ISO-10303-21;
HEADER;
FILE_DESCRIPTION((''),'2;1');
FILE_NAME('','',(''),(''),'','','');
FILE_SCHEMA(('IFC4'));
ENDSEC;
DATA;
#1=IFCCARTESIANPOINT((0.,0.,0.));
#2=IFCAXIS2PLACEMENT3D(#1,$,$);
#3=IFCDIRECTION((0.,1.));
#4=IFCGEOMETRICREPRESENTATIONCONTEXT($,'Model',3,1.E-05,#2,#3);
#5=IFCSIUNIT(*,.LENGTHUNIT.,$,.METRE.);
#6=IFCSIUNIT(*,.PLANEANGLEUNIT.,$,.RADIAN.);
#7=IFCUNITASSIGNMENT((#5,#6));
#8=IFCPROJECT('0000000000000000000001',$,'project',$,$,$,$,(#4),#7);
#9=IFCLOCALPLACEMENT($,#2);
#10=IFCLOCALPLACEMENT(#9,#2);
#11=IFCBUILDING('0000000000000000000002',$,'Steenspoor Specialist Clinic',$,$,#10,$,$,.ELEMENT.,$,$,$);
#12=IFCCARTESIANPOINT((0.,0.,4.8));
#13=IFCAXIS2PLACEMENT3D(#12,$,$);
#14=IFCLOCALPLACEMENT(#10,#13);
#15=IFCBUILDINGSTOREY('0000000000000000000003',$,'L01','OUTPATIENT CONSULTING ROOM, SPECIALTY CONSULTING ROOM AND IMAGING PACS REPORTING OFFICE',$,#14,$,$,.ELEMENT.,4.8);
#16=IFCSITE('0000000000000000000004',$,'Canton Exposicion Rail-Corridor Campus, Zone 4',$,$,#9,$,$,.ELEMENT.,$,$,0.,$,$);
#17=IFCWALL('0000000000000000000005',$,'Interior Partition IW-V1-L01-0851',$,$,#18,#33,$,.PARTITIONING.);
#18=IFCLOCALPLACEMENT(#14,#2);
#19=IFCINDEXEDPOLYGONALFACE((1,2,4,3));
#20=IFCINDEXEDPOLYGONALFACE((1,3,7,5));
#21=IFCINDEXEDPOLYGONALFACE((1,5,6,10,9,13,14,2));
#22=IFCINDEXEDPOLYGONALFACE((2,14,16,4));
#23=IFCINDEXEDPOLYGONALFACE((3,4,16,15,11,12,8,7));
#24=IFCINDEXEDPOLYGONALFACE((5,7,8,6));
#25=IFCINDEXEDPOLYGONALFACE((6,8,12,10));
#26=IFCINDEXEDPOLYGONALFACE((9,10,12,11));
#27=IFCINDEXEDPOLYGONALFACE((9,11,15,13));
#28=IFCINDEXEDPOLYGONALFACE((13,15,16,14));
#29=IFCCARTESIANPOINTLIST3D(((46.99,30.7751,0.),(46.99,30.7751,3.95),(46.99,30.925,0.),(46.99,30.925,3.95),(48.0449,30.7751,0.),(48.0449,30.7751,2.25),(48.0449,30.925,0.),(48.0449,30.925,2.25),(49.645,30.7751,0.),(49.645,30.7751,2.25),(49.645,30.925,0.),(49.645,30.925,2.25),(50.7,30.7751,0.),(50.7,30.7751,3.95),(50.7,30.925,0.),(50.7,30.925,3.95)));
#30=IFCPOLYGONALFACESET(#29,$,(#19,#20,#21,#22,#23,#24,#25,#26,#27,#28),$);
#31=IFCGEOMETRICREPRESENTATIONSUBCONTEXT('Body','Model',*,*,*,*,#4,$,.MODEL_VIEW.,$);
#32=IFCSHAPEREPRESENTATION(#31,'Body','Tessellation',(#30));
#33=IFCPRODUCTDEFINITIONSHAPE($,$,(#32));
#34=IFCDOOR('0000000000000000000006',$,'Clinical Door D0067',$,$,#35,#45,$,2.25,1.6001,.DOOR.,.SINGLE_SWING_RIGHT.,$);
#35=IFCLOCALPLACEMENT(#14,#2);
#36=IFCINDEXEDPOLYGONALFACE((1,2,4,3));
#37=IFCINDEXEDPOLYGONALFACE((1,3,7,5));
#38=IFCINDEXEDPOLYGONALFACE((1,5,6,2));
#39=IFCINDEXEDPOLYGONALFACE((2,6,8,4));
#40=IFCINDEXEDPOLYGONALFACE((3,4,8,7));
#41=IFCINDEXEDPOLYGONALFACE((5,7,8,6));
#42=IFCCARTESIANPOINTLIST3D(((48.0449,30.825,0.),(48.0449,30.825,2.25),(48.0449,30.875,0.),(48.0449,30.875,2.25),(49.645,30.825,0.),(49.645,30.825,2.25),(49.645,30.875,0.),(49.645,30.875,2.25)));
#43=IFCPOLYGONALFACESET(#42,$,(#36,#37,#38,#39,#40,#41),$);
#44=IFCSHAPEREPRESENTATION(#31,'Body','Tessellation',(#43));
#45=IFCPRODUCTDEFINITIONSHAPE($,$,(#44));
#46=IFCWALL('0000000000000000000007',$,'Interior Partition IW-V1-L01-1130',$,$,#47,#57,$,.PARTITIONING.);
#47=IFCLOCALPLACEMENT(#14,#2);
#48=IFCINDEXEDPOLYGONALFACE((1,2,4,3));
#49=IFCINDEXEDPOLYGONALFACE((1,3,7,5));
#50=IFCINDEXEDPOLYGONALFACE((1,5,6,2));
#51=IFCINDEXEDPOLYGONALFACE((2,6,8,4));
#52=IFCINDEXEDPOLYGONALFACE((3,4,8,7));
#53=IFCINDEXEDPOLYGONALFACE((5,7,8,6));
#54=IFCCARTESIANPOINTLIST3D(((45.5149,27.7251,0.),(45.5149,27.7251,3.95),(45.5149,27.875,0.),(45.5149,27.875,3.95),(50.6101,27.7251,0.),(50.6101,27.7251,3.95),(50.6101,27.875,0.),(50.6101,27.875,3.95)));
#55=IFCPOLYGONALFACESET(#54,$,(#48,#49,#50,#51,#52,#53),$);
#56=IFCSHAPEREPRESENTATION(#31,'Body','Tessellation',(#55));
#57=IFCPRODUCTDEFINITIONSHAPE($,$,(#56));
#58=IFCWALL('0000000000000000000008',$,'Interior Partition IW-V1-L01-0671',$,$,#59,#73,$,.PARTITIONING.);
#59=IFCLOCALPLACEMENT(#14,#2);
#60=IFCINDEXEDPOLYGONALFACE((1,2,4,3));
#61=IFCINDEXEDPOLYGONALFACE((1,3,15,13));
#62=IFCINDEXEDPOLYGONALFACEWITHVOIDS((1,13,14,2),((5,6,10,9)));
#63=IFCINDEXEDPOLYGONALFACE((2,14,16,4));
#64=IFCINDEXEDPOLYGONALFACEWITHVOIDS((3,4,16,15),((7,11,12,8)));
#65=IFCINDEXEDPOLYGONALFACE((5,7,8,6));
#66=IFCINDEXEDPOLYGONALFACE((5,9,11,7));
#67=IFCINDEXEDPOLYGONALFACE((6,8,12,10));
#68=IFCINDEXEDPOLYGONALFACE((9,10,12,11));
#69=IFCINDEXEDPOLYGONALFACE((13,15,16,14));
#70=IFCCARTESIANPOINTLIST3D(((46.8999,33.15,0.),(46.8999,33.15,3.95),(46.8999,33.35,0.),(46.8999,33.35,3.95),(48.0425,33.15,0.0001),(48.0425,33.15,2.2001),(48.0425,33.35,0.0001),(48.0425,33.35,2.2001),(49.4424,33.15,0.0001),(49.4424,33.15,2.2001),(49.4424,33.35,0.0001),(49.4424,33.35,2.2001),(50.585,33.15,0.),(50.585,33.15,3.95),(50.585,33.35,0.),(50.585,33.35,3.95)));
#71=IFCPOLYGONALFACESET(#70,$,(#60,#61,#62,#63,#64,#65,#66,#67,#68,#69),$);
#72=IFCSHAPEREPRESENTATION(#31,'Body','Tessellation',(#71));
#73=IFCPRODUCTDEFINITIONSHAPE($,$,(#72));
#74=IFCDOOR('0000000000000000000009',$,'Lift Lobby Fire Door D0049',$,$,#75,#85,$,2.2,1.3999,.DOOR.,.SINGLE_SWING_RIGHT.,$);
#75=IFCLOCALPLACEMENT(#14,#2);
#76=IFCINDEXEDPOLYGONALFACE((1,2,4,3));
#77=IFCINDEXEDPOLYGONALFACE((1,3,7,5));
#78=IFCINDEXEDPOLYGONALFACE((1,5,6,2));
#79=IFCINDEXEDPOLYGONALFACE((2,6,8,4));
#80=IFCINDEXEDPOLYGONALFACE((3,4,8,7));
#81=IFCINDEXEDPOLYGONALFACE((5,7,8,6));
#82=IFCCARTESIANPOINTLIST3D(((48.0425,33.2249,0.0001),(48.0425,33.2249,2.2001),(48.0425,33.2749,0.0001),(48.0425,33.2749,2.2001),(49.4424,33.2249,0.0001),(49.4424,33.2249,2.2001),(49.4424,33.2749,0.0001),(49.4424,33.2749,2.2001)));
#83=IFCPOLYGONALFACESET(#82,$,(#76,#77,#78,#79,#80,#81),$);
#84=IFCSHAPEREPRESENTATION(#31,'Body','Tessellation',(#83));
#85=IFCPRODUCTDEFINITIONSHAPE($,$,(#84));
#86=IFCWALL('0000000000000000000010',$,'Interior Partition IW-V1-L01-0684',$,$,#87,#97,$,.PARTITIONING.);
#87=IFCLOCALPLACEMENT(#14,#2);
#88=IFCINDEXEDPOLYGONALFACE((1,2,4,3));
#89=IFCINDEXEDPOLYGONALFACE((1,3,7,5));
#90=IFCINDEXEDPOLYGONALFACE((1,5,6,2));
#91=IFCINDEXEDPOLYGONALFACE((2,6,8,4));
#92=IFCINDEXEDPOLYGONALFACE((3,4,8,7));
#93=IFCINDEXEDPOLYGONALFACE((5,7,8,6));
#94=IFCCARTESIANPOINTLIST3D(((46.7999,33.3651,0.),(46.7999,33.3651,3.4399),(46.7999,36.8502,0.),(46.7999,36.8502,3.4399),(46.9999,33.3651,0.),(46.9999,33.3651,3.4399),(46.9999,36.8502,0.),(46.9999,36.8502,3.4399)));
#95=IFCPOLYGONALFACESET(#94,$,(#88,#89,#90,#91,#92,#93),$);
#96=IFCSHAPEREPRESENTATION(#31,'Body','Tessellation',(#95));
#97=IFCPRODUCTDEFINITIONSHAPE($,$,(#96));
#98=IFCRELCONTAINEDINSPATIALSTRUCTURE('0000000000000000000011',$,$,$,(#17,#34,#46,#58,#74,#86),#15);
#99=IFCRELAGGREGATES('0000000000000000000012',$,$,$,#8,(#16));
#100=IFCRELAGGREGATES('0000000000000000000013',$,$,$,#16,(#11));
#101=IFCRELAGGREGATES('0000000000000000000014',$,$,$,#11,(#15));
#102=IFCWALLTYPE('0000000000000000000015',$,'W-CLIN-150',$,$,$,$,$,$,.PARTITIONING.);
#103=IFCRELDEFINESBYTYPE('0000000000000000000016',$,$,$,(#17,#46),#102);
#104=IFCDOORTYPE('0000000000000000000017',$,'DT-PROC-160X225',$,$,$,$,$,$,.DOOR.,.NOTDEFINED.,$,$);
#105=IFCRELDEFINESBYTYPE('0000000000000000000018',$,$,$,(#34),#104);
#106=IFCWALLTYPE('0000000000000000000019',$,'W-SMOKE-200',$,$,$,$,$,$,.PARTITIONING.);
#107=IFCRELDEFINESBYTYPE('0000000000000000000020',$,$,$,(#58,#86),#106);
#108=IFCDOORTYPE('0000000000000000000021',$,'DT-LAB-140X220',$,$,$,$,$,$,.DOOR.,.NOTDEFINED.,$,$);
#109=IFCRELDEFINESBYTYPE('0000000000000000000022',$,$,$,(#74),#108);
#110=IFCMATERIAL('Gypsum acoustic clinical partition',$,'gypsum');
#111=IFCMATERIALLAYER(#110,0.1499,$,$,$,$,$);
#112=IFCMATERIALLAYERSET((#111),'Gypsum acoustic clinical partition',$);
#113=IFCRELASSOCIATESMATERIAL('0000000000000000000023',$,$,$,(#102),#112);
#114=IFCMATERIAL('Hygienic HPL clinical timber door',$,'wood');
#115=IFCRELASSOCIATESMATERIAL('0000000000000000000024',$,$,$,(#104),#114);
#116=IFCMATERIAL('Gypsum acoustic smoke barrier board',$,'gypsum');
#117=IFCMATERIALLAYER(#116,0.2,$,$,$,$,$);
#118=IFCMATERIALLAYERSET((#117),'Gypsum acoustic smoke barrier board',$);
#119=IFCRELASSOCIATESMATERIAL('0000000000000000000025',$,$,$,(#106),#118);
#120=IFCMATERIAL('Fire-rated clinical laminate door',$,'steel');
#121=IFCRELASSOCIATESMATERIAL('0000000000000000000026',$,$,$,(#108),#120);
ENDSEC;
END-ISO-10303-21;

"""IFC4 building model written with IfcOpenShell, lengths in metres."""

from ifc_helpers import new_model, si_unit, direction, frame, frame_2d, origin, place, context, subcontext, project, spatial, rectangle, extrude, material, layer, layer_set, type_object, element, fill, save


model = new_model("IFC4")

# Units and contexts
model_context = context("Model", 3, precision=1e-05, world=origin(), true_north=direction((0.0, 1.0)))
body_context = subcontext(model_context, "Body", "Model", "MODEL_VIEW")
ifc_project = project(units=[si_unit("LENGTHUNIT", "METRE"), si_unit("PLANEANGLEUNIT", "RADIAN")], contexts=[model_context])

# Site, building, storey
site_placement = place(None, origin())
site = spatial("IfcSite", under=ifc_project, at=site_placement, Name="Canton Exposicion Rail-Corridor Campus, Zone 4", CompositionType="ELEMENT", RefElevation=0.0)
building_placement = place(site_placement, origin())
building = spatial("IfcBuilding", under=site, at=building_placement, Name="Steenspoor Specialist Clinic", CompositionType="ELEMENT")
storey_placement = place(building_placement, frame((0.0, 0.0, 4.8)))
storey = spatial("IfcBuildingStorey", under=building, at=storey_placement, Name="L01", Description="OUTPATIENT CONSULTING ROOM, SPECIALTY CONSULTING ROOM AND IMAGING PACS REPORTING OFFICE", CompositionType="ELEMENT", Elevation=4.8)

# Shared definitions
ifc_material_1 = material(Name="Gypsum acoustic clinical partition", Category="gypsum")
ifc_layer_1 = layer(ifc_material_1, 0.1499)
ifc_layer_set_1 = layer_set([ifc_layer_1], Name="Gypsum acoustic clinical partition")
wall_type_1 = type_object("IfcWallType", Name="W-CLIN-150", PredefinedType="PARTITIONING", material=ifc_layer_set_1)

# Wall, opening, door
wall_1_placement = place(storey_placement, frame((46.99, 30.8501, 0.0), z_axis=(0.0, 0.0, 1.0), x_axis=(1.0, 0.0, 0.0)))
wall_1 = element("IfcWall", 1, at=wall_1_placement, inside=storey, type_object=wall_type_1, Name="Interior Partition IW-V1-L01-0851", PredefinedType="PARTITIONING", context=body_context, shape_type="SweptSolid", body=[
    extrude(rectangle(XDim=3.71, YDim=0.1499, at=frame_2d((1.855, 0.0))), origin(), (0.0, 0.0, 1.0), 3.95),
])
opening_1_placement = place(wall_1_placement, frame((1.0549, 0.0, 0.0)))
opening_1 = element("IfcOpeningElement", 2, at=opening_1_placement, cuts=wall_1, PredefinedType="OPENING", context=body_context, shape_type="SweptSolid", body=[
    extrude(rectangle(XDim=1.6001, YDim=2.25, at=frame_2d((0.8, 1.125))), frame((0.0, 0.085, 0.0), z_axis=(0.0, -1.0, 0.0), x_axis=(1.0, 0.0, 0.0)), (0.0, 0.0, 1.0), 0.1699),
])
ifc_material_2 = material(Name="Hygienic HPL clinical timber door", Category="wood")
door_type_1 = type_object("IfcDoorType", Name="DT-PROC-160X225", OperationType="NOTDEFINED", PredefinedType="DOOR", material=ifc_material_2)
door_1_placement = place(opening_1_placement, origin())
door_1 = element("IfcDoor", 3, at=door_1_placement, inside=storey, type_object=door_type_1, Name="Clinical Door D0067", OperationType="SINGLE_SWING_RIGHT", OverallHeight=2.25, OverallWidth=1.6001, PredefinedType="DOOR", context=body_context, shape_type="SweptSolid", body=[
    extrude(rectangle(XDim=1.6001, YDim=2.25, at=frame_2d((0.8, 1.125))), frame((0.0, 0.0249, 0.0), z_axis=(0.0, -1.0, 0.0), x_axis=(1.0, 0.0, 0.0)), (0.0, 0.0, 1.0), 0.05),
])
fill(opening_1, door_1)

# Wall
wall_2_placement = place(storey_placement, frame((45.5149, 27.8, 0.0), z_axis=(0.0, 0.0, 1.0), x_axis=(1.0, 0.0, 0.0)))
element("IfcWall", 4, at=wall_2_placement, inside=storey, type_object=wall_type_1, Name="Interior Partition IW-V1-L01-1130", PredefinedType="PARTITIONING", context=body_context, shape_type="SweptSolid", body=[
    extrude(rectangle(XDim=5.0952, YDim=0.1499, at=frame_2d((2.5476, 0.0))), origin(), (0.0, 0.0, 1.0), 3.95),
])

# Wall, opening, door
ifc_material_3 = material(Name="Gypsum acoustic smoke barrier board", Category="gypsum")
ifc_layer_2 = layer(ifc_material_3, 0.2)
ifc_layer_set_2 = layer_set([ifc_layer_2], Name="Gypsum acoustic smoke barrier board")
wall_type_2 = type_object("IfcWallType", Name="W-SMOKE-200", PredefinedType="PARTITIONING", material=ifc_layer_set_2)
wall_3_placement = place(storey_placement, frame((46.8999, 33.25, 0.0), z_axis=(0.0, 0.0, 1.0), x_axis=(1.0, 0.0, 0.0)))
wall_3 = element("IfcWall", 5, at=wall_3_placement, inside=storey, type_object=wall_type_2, Name="Interior Partition IW-V1-L01-0671", PredefinedType="PARTITIONING", context=body_context, shape_type="SweptSolid", body=[
    extrude(rectangle(XDim=3.6851, YDim=0.2, at=frame_2d((1.8425, 0.0))), origin(), (0.0, 0.0, 1.0), 3.95),
])
opening_2_placement = place(wall_3_placement, frame((1.1426, 0.0, 0.0)))
opening_2 = element("IfcOpeningElement", 6, at=opening_2_placement, cuts=wall_3, PredefinedType="OPENING", context=body_context, shape_type="SweptSolid", body=[
    extrude(rectangle(XDim=1.3999, YDim=2.2, at=frame_2d((0.7, 1.1001))), frame((0.0, 0.1099, 0.0), z_axis=(0.0, -1.0, 0.0), x_axis=(1.0, 0.0, 0.0)), (0.0, 0.0, 1.0), 0.22),
])
ifc_material_4 = material(Name="Fire-rated clinical laminate door", Category="steel")
door_type_2 = type_object("IfcDoorType", Name="DT-LAB-140X220", OperationType="NOTDEFINED", PredefinedType="DOOR", material=ifc_material_4)
door_2_placement = place(opening_2_placement, origin())
door_2 = element("IfcDoor", 7, at=door_2_placement, inside=storey, type_object=door_type_2, Name="Lift Lobby Fire Door D0049", OperationType="SINGLE_SWING_RIGHT", OverallHeight=2.2, OverallWidth=1.3999, PredefinedType="DOOR", context=body_context, shape_type="SweptSolid", body=[
    extrude(rectangle(XDim=1.3999, YDim=2.2, at=frame_2d((0.7, 1.1001))), frame((0.0, 0.0249, 0.0), z_axis=(0.0, -1.0, 0.0), x_axis=(1.0, 0.0, 0.0)), (0.0, 0.0, 1.0), 0.05),
])
fill(opening_2, door_2)

# Wall
wall_4_placement = place(storey_placement, frame((46.8999, 33.365, 0.0), z_axis=(0.0, 0.0, 1.0), x_axis=(0.0, 1.0, 0.0)))
element("IfcWall", 8, at=wall_4_placement, inside=storey, type_object=wall_type_2, Name="Interior Partition IW-V1-L01-0684", PredefinedType="PARTITIONING", context=body_context, shape_type="SweptSolid", body=[
    extrude(rectangle(XDim=3.4851, YDim=0.2, at=frame_2d((1.7427, 0.0))), origin(), (0.0, 0.0, 1.0), 3.4399),
])

save(model, "model.ifc")
